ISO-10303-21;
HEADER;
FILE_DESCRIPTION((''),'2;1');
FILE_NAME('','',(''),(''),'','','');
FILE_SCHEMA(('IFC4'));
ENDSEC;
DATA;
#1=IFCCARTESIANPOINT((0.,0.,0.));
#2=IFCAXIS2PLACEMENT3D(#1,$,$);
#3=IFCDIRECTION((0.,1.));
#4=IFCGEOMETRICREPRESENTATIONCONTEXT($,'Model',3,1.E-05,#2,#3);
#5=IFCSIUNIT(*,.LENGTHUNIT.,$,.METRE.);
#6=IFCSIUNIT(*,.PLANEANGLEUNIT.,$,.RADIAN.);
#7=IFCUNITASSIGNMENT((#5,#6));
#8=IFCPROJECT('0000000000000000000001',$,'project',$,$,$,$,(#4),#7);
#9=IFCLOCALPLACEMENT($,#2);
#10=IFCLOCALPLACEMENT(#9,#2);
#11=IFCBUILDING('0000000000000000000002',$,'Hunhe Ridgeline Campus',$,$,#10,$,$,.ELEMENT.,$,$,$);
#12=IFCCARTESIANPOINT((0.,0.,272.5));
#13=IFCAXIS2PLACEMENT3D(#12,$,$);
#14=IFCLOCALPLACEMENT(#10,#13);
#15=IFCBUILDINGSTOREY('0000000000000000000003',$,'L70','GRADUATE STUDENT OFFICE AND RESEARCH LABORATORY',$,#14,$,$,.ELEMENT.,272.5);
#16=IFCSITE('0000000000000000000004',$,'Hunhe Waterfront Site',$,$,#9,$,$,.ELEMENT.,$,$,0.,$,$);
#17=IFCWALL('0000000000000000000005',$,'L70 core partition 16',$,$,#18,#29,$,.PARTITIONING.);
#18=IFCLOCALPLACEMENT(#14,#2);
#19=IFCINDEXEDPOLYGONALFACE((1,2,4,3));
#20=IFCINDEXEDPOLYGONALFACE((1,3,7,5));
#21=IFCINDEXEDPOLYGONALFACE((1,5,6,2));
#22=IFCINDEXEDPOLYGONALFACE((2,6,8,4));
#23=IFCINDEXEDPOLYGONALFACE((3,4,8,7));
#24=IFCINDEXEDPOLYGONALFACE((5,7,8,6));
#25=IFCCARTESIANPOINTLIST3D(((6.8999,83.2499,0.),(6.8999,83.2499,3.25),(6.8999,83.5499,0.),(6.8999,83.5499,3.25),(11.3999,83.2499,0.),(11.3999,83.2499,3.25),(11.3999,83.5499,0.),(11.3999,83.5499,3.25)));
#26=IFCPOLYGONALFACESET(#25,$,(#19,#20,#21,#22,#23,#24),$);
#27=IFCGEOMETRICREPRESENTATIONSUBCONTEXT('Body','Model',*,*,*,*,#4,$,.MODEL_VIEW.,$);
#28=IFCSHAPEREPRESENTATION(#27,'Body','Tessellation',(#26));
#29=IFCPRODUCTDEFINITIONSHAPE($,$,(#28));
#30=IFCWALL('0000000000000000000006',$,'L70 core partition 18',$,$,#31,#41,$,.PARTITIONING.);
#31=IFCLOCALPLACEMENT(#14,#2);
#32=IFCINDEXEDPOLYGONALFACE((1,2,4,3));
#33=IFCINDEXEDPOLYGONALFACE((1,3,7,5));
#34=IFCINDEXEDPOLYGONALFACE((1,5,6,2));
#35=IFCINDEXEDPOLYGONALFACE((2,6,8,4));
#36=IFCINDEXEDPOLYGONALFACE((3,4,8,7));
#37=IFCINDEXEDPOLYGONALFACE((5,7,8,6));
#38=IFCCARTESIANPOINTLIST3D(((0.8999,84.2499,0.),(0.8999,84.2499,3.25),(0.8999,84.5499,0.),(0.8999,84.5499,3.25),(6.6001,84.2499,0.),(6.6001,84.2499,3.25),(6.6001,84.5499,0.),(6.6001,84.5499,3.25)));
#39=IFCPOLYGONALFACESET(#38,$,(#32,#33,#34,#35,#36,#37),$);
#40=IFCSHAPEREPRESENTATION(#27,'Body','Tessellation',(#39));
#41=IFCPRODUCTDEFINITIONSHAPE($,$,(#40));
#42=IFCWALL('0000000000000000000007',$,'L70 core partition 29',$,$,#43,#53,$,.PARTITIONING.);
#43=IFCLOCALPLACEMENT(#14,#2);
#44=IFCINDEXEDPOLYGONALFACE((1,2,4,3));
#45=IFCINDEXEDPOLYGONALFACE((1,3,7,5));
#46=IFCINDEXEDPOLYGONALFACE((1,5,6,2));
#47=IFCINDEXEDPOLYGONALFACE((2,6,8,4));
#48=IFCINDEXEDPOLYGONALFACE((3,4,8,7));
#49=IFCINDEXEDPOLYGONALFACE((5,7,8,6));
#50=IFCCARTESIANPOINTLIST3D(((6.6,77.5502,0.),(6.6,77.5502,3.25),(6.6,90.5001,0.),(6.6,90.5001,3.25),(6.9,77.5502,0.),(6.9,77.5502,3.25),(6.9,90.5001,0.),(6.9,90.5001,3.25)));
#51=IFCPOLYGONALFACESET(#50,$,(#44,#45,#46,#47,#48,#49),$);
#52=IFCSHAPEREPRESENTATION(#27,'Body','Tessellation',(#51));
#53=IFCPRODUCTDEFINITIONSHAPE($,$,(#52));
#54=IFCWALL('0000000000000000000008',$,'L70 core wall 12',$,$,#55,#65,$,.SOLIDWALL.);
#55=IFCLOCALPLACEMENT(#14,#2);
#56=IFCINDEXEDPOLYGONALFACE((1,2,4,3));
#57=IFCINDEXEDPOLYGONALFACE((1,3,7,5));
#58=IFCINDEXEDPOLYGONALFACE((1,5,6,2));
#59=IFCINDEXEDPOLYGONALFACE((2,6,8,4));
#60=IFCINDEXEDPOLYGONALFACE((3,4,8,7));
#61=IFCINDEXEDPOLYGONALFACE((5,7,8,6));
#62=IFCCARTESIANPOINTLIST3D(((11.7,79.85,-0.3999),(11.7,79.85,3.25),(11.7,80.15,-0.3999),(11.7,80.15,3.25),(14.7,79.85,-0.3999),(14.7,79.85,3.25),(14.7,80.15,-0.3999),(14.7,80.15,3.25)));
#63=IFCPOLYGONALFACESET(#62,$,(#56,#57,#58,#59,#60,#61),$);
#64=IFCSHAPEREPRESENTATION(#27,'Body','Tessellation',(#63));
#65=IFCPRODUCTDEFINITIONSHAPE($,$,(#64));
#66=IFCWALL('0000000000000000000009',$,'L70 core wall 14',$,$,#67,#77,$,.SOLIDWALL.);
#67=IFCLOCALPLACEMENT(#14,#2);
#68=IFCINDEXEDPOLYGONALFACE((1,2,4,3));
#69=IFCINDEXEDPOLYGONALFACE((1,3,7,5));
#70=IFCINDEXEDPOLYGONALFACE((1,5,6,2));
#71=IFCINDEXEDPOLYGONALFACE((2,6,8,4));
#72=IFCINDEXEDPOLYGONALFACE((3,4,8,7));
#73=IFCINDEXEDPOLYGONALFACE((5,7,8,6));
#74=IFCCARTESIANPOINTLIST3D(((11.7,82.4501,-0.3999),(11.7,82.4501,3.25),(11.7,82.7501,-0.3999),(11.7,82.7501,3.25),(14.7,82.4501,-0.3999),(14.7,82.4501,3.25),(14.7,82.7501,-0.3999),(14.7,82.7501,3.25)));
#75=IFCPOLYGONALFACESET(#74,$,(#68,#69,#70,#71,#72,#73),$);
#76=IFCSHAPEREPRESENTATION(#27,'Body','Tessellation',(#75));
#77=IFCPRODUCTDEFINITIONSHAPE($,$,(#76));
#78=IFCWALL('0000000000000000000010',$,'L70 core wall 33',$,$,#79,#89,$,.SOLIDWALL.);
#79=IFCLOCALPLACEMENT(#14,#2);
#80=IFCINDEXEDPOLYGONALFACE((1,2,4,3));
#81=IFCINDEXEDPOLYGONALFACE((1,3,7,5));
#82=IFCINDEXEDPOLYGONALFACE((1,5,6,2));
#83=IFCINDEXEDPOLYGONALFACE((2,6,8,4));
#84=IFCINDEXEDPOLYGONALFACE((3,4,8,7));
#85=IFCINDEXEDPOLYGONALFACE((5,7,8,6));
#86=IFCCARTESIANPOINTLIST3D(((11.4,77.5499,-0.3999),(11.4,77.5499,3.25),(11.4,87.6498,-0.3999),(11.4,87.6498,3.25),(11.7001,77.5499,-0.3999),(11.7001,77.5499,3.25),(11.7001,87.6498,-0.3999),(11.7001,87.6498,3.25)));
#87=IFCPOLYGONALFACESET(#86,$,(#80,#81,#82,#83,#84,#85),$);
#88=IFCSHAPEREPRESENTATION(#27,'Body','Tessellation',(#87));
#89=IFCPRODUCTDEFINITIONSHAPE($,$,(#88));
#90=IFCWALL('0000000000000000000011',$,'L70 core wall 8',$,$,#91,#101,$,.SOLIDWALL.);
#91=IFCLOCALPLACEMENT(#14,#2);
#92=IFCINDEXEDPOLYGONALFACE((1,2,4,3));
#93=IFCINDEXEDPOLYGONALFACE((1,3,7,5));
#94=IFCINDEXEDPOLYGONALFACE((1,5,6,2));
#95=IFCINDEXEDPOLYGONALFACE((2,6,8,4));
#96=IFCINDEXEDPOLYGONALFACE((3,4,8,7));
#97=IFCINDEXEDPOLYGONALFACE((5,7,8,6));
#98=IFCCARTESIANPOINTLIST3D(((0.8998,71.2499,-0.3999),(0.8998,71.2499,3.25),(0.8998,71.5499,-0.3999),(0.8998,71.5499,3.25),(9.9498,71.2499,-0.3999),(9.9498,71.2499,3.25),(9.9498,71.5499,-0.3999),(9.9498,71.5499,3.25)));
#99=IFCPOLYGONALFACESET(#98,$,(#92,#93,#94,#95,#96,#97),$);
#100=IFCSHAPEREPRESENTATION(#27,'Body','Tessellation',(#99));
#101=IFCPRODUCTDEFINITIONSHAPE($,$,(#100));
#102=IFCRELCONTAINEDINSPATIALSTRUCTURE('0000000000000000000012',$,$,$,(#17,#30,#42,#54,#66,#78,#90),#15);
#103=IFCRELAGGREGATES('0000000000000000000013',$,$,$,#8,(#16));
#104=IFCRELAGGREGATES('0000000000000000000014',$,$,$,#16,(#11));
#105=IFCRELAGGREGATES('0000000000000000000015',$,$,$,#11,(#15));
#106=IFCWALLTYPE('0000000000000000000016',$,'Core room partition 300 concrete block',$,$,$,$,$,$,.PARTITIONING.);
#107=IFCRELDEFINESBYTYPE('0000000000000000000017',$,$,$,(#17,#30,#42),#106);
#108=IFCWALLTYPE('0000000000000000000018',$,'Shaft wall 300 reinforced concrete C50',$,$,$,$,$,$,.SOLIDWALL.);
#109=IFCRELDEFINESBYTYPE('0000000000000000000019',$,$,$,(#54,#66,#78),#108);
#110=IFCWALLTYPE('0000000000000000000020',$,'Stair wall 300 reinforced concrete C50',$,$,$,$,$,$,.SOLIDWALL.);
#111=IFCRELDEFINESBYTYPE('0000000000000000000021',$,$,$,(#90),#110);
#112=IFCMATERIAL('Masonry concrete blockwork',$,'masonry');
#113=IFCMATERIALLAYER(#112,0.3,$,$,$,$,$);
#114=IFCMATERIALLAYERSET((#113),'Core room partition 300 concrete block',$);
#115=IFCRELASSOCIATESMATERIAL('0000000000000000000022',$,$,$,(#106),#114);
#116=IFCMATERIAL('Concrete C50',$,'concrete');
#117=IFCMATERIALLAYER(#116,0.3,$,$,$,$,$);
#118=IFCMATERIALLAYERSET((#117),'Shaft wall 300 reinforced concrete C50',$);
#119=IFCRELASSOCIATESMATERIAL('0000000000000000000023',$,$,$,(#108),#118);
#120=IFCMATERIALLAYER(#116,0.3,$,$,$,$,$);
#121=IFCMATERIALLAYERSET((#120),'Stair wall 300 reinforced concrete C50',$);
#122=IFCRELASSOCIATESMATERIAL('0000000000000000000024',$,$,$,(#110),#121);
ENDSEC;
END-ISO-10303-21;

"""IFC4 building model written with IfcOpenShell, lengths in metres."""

from ifc_helpers import new_model, si_unit, direction, frame, frame_2d, origin, place, context, subcontext, project, spatial, rectangle, extrude, material, layer, layer_set, type_object, element, save


model = new_model("IFC4")

# Units and contexts
model_context = context("Model", 3, precision=1e-05, world=origin(), true_north=direction((0.0, 1.0)))
body_context = subcontext(model_context, "Body", "Model", "MODEL_VIEW")
ifc_project = project(units=[si_unit("LENGTHUNIT", "METRE"), si_unit("PLANEANGLEUNIT", "RADIAN")], contexts=[model_context])

# Site, building, storey
site_placement = place(None, origin())
site = spatial("IfcSite", under=ifc_project, at=site_placement, Name="Hunhe Waterfront Site", CompositionType="ELEMENT", RefElevation=0.0)
building_placement = place(site_placement, origin())
building = spatial("IfcBuilding", under=site, at=building_placement, Name="Hunhe Ridgeline Campus", CompositionType="ELEMENT")
storey_placement = place(building_placement, frame((0.0, 0.0, 272.5)))
storey = spatial("IfcBuildingStorey", under=building, at=storey_placement, Name="L70", Description="GRADUATE STUDENT OFFICE AND RESEARCH LABORATORY", CompositionType="ELEMENT", Elevation=272.5)

# Shared definitions
ifc_material_1 = material(Name="Masonry concrete blockwork", Category="masonry")
ifc_layer_1 = layer(ifc_material_1, 0.3)
ifc_layer_set_1 = layer_set([ifc_layer_1], Name="Core room partition 300 concrete block")
wall_type_1 = type_object("IfcWallType", Name="Core room partition 300 concrete block", PredefinedType="PARTITIONING", material=ifc_layer_set_1)

# Walls
wall_1_placement = place(storey_placement, frame((6.8999, 83.3999, 0.0), z_axis=(0.0, 0.0, 1.0), x_axis=(1.0, 0.0, 0.0)))
element("IfcWall", 1, at=wall_1_placement, inside=storey, type_object=wall_type_1, Name="L70 core partition 16", PredefinedType="PARTITIONING", context=body_context, shape_type="SweptSolid", body=[
    extrude(rectangle(XDim=4.5, YDim=0.3, at=frame_2d((2.25, 0.0))), origin(), (0.0, 0.0, 1.0), 3.25),
])
wall_2_placement = place(storey_placement, frame((0.8999, 84.3999, 0.0), z_axis=(0.0, 0.0, 1.0), x_axis=(1.0, 0.0, 0.0)))
element("IfcWall", 2, at=wall_2_placement, inside=storey, type_object=wall_type_1, Name="L70 core partition 18", PredefinedType="PARTITIONING", context=body_context, shape_type="SweptSolid", body=[
    extrude(rectangle(XDim=5.7002, YDim=0.3, at=frame_2d((2.8501, 0.0))), origin(), (0.0, 0.0, 1.0), 3.25),
])
wall_3_placement = place(storey_placement, frame((6.75, 77.55, 0.0), z_axis=(0.0, 0.0, 1.0), x_axis=(0.0, 1.0, 0.0)))
element("IfcWall", 3, at=wall_3_placement, inside=storey, type_object=wall_type_1, Name="L70 core partition 29", PredefinedType="PARTITIONING", context=body_context, shape_type="SweptSolid", body=[
    extrude(rectangle(XDim=12.95, YDim=0.3, at=frame_2d((6.4751, 0.0))), origin(), (0.0, 0.0, 1.0), 3.25),
])

# Shared definitions
ifc_material_2 = material(Name="Concrete C50", Category="concrete")
ifc_layer_2 = layer(ifc_material_2, 0.3)
ifc_layer_set_2 = layer_set([ifc_layer_2], Name="Shaft wall 300 reinforced concrete C50")
wall_type_2 = type_object("IfcWallType", Name="Shaft wall 300 reinforced concrete C50", PredefinedType="SOLIDWALL", material=ifc_layer_set_2)

# Walls
for number, where, z_axis, x_axis, name in (
    (4, (11.7, 80.0, -0.3999), (0.0, 0.0, 1.0), (1.0, 0.0, 0.0), "L70 core wall 12"),
    (5, (11.7, 82.6001, -0.3999), (0.0, 0.0, 1.0), (1.0, 0.0, 0.0), "L70 core wall 14"),
):
    element("IfcWall", number, at=place(storey_placement, frame(where, z_axis=z_axis, x_axis=x_axis)), inside=storey, type_object=wall_type_2, Name=name, PredefinedType="SOLIDWALL", context=body_context, shape_type="SweptSolid", body=[
        extrude(rectangle(XDim=3.0, YDim=0.3, at=frame_2d((1.5, 0.0))), origin(), (0.0, 0.0, 1.0), 3.6499),
    ])
wall_4_placement = place(storey_placement, frame((11.55, 77.55, -0.3999), z_axis=(0.0, 0.0, 1.0), x_axis=(0.0, 1.0, 0.0)))
element("IfcWall", 6, at=wall_4_placement, inside=storey, type_object=wall_type_2, Name="L70 core wall 33", PredefinedType="SOLIDWALL", context=body_context, shape_type="SweptSolid", body=[
    extrude(rectangle(XDim=10.0999, YDim=0.3, at=frame_2d((5.0498, 0.0))), origin(), (0.0, 0.0, 1.0), 3.6499),
])
ifc_layer_3 = layer(ifc_material_2, 0.3)
ifc_layer_set_3 = layer_set([ifc_layer_3], Name="Stair wall 300 reinforced concrete C50")
wall_type_3 = type_object("IfcWallType", Name="Stair wall 300 reinforced concrete C50", PredefinedType="SOLIDWALL", material=ifc_layer_set_3)
wall_5_placement = place(storey_placement, frame((0.8999, 71.3999, -0.3999), z_axis=(0.0, 0.0, 1.0), x_axis=(1.0, 0.0, 0.0)))
element("IfcWall", 7, at=wall_5_placement, inside=storey, type_object=wall_type_3, Name="L70 core wall 8", PredefinedType="SOLIDWALL", context=body_context, shape_type="SweptSolid", body=[
    extrude(rectangle(XDim=9.05, YDim=0.3, at=frame_2d((4.5249, 0.0))), origin(), (0.0, 0.0, 1.0), 3.6499),
])

save(model, "model.ifc")
